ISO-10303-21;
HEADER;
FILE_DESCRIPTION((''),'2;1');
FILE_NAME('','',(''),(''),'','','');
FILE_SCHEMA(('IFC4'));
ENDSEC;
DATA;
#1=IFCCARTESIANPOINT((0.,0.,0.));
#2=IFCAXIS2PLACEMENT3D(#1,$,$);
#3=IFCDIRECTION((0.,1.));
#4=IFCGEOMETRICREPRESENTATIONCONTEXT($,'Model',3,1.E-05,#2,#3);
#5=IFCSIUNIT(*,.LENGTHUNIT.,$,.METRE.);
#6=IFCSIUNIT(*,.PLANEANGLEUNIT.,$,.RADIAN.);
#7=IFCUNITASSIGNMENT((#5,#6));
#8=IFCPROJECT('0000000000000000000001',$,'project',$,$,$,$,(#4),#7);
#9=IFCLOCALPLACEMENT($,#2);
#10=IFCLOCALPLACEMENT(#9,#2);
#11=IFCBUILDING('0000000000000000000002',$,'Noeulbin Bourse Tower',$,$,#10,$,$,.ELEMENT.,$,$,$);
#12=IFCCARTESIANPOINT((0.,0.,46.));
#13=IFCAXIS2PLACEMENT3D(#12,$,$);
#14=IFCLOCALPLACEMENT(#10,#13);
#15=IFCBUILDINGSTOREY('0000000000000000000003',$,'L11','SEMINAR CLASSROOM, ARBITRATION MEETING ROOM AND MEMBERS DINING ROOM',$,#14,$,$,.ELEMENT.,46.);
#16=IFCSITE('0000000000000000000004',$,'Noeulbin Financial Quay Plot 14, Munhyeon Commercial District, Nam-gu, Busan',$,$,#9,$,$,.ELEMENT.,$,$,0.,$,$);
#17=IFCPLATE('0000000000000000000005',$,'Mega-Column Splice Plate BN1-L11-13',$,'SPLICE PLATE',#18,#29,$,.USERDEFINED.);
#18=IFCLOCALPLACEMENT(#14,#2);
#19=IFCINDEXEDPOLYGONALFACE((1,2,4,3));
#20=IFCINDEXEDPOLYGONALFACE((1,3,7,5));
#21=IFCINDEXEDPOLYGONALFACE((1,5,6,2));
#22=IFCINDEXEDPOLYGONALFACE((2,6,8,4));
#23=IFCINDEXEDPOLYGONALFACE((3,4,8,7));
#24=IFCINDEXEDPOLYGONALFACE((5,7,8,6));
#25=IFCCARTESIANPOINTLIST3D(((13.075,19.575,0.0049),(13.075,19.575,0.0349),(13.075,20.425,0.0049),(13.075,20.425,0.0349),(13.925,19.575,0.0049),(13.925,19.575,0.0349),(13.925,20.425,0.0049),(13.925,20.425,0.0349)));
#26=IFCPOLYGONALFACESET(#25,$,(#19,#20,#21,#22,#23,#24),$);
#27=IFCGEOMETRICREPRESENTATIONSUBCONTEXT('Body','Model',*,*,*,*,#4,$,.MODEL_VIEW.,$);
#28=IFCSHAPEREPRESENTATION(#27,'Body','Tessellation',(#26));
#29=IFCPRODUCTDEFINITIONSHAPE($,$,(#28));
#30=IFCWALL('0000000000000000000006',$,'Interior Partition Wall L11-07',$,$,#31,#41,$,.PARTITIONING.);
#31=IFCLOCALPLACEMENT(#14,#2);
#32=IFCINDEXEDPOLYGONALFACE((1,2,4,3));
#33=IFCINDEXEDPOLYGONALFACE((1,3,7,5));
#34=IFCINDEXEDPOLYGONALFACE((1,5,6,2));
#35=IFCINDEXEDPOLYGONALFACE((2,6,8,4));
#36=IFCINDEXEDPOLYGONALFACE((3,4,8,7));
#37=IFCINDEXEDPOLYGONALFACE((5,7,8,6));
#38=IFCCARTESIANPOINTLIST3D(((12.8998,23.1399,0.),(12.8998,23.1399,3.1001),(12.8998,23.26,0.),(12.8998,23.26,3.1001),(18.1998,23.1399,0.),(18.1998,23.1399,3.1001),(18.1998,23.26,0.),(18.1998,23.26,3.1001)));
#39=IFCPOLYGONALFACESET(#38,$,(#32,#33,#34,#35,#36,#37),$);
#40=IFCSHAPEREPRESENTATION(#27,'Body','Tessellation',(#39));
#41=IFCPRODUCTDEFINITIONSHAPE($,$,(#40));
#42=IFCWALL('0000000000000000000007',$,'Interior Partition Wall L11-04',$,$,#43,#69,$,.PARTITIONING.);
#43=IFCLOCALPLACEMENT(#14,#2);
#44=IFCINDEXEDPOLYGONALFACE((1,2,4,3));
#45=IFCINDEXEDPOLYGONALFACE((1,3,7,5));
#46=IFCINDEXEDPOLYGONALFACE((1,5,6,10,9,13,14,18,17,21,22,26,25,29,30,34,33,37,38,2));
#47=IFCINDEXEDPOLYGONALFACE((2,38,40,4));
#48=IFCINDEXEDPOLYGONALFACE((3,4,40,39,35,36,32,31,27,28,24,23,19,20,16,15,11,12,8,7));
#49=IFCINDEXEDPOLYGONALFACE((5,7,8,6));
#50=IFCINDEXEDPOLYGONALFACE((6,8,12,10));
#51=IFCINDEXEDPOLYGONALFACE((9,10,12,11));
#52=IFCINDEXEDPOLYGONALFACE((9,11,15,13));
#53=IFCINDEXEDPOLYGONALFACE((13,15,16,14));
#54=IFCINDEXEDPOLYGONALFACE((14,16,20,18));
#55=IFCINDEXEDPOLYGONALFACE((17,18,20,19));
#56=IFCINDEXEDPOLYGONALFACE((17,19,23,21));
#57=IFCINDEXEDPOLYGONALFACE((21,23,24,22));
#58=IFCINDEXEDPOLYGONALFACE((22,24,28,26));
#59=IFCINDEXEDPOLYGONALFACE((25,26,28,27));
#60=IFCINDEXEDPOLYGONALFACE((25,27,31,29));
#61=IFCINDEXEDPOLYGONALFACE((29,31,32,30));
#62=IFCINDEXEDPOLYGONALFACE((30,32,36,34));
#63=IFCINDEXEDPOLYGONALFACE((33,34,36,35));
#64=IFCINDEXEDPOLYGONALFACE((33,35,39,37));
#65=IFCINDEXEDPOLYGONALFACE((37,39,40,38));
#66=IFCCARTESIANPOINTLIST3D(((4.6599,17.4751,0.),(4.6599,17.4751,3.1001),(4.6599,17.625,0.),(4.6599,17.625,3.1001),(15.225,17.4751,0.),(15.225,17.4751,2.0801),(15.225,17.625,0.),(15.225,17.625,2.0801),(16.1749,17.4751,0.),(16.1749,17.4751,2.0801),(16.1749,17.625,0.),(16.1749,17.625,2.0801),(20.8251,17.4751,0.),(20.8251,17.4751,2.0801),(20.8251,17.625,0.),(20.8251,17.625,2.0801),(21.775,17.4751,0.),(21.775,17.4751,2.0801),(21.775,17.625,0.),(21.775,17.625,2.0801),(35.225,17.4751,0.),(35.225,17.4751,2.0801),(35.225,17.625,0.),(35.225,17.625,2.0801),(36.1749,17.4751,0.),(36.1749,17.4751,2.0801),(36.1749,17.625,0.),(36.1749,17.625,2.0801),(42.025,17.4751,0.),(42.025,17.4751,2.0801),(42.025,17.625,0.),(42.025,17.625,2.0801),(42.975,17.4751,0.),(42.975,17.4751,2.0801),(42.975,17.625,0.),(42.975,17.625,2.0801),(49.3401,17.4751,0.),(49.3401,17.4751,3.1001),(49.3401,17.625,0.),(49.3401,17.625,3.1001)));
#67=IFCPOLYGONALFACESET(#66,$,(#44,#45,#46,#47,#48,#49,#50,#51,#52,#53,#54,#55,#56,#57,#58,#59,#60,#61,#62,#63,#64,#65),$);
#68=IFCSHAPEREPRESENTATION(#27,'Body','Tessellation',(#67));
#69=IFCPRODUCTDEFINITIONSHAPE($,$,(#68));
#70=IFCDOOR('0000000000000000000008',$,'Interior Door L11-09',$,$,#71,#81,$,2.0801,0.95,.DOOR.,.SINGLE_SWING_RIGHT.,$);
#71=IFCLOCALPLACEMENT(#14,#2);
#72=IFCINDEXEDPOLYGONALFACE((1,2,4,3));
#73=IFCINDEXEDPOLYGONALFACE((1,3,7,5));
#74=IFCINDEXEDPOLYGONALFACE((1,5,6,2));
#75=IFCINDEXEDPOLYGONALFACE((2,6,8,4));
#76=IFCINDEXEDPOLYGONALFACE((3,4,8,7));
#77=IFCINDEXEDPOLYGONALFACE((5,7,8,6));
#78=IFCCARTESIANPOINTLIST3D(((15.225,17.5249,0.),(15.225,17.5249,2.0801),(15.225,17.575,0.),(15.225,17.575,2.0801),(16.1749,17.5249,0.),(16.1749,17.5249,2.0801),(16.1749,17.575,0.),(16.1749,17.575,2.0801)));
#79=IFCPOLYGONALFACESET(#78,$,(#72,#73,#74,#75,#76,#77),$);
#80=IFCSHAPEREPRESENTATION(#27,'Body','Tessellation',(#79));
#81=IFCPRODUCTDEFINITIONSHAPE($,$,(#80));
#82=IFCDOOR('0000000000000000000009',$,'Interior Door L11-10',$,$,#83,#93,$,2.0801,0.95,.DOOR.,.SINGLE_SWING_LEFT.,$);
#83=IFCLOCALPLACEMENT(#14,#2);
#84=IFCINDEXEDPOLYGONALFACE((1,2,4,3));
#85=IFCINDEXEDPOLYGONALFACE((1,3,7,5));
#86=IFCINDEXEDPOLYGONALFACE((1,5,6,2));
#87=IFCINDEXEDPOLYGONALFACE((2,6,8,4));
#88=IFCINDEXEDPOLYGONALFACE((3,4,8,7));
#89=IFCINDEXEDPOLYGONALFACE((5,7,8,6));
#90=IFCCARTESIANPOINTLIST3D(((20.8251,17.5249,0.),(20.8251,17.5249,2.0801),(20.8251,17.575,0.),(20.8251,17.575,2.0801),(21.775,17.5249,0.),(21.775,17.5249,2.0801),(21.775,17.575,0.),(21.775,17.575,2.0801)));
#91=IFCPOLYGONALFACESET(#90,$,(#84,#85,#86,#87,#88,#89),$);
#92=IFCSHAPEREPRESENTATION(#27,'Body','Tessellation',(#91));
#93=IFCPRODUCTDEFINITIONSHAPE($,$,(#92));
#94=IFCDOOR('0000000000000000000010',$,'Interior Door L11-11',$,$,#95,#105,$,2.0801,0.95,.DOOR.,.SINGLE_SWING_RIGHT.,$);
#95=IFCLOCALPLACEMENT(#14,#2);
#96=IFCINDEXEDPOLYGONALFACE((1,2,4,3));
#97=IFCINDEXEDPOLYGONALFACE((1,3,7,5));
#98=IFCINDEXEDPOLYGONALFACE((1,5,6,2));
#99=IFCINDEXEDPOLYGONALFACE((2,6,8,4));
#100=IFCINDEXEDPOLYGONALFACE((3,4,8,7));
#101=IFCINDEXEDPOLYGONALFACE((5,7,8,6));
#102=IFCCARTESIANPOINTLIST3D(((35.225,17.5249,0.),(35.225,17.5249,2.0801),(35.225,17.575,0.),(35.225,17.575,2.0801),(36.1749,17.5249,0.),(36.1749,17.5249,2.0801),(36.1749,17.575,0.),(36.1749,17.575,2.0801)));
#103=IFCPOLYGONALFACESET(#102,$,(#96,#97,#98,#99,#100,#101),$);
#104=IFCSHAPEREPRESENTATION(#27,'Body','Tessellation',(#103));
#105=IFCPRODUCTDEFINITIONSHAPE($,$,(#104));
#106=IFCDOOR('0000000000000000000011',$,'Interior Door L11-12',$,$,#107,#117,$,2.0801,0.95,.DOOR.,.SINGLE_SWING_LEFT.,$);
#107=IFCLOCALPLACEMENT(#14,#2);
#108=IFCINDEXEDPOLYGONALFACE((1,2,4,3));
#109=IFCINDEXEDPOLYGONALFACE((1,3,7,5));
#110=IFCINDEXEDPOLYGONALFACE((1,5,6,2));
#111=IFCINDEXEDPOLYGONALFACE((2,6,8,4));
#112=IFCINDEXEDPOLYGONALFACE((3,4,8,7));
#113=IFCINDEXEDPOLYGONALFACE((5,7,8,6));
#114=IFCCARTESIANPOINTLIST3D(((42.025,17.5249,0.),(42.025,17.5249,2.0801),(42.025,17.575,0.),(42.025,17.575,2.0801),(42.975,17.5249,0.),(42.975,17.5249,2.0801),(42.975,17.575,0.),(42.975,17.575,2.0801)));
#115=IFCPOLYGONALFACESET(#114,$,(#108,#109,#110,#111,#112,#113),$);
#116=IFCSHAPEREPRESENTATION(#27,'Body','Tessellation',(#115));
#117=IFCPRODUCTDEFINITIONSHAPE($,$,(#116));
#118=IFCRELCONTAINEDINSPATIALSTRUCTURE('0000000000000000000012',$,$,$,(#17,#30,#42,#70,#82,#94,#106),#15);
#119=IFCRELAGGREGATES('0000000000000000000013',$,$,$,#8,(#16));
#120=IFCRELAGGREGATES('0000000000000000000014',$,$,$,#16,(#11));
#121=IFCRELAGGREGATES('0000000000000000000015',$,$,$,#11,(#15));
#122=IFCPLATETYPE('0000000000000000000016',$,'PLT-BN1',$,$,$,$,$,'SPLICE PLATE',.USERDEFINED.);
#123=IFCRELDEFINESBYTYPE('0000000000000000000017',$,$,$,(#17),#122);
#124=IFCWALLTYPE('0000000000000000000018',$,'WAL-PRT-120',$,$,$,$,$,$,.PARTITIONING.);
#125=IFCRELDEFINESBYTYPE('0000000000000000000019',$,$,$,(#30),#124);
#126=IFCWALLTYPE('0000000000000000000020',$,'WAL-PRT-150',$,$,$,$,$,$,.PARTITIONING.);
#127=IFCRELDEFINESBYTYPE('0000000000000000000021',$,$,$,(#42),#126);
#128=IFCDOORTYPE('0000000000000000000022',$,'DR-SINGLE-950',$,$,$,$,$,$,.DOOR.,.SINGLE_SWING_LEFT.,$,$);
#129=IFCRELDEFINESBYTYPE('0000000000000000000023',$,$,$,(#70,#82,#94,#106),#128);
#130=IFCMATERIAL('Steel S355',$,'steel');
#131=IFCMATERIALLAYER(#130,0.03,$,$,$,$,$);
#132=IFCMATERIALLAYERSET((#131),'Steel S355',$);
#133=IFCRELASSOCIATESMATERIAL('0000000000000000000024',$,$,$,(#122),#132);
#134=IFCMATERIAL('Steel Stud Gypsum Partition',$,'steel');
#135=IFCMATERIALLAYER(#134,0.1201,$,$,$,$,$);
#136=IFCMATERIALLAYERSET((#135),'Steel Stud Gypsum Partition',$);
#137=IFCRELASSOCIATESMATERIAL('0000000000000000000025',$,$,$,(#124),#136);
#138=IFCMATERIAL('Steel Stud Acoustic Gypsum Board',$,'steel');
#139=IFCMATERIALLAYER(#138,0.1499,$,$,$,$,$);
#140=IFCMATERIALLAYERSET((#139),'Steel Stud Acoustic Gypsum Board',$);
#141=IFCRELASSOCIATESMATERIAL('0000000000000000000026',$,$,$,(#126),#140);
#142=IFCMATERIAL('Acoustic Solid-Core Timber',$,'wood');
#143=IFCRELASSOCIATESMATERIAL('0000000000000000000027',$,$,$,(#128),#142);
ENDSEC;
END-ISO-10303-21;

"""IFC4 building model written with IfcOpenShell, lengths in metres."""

from ifc_helpers import new_model, si_unit, direction, frame, frame_2d, origin, origin_2d, place, context, subcontext, project, spatial, rectangle, extrude, material, layer, layer_set, type_object, element, fill, save


model = new_model("IFC4")

# Units and contexts
model_context = context("Model", 3, precision=1e-05, world=origin(), true_north=direction((0.0, 1.0)))
body_context = subcontext(model_context, "Body", "Model", "MODEL_VIEW")
ifc_project = project(units=[si_unit("LENGTHUNIT", "METRE"), si_unit("PLANEANGLEUNIT", "RADIAN")], contexts=[model_context])

# Site, building, storey
site_placement = place(None, origin())
site = spatial("IfcSite", under=ifc_project, at=site_placement, Name="Noeulbin Financial Quay Plot 14, Munhyeon Commercial District, Nam-gu, Busan", CompositionType="ELEMENT", RefElevation=0.0)
building_placement = place(site_placement, origin())
building = spatial("IfcBuilding", under=site, at=building_placement, Name="Noeulbin Bourse Tower", CompositionType="ELEMENT")
storey_placement = place(building_placement, frame((0.0, 0.0, 46.0)))
storey = spatial("IfcBuildingStorey", under=building, at=storey_placement, Name="L11", Description="SEMINAR CLASSROOM, ARBITRATION MEETING ROOM AND MEMBERS DINING ROOM", CompositionType="ELEMENT", Elevation=46.0)

# Shared definitions
ifc_material_1 = material(Name="Steel S355", Category="steel")

# Plate
ifc_layer_1 = layer(ifc_material_1, 0.03)
ifc_layer_set_1 = layer_set([ifc_layer_1], Name="Steel S355")
plate_type = type_object("IfcPlateType", Name="PLT-BN1", ElementType="SPLICE PLATE", PredefinedType="USERDEFINED", material=ifc_layer_set_1)
plate_placement = place(storey_placement, frame((13.5, 20.0, 0.0049), z_axis=(0.0, 0.0, 1.0), x_axis=(1.0, 0.0, 0.0)))
element("IfcPlate", 1, at=plate_placement, inside=storey, type_object=plate_type, Name="Mega-Column Splice Plate BN1-L11-13", ObjectType="SPLICE PLATE", PredefinedType="USERDEFINED", context=body_context, shape_type="SweptSolid", body=[
    extrude(rectangle(XDim=0.8501, YDim=0.8501, at=origin_2d()), origin(), (0.0, 0.0, 1.0), 0.03),
])

# Wall
ifc_material_2 = material(Name="Steel Stud Gypsum Partition", Category="steel")
ifc_layer_2 = layer(ifc_material_2, 0.1201)
ifc_layer_set_2 = layer_set([ifc_layer_2], Name="Steel Stud Gypsum Partition")
wall_type_1 = type_object("IfcWallType", Name="WAL-PRT-120", PredefinedType="PARTITIONING", material=ifc_layer_set_2)
wall_1_placement = place(storey_placement, frame((12.8999, 23.2, 0.0), z_axis=(0.0, 0.0, 1.0), x_axis=(1.0, 0.0, 0.0)))
element("IfcWall", 2, at=wall_1_placement, inside=storey, type_object=wall_type_1, Name="Interior Partition Wall L11-07", PredefinedType="PARTITIONING", context=body_context, shape_type="SweptSolid", body=[
    extrude(rectangle(XDim=5.3, YDim=0.1201, at=frame_2d((2.6499, 0.0))), origin(), (0.0, 0.0, 1.0), 3.1001),
])

# Wall, openings, doors
ifc_material_3 = material(Name="Steel Stud Acoustic Gypsum Board", Category="steel")
ifc_layer_3 = layer(ifc_material_3, 0.1499)
ifc_layer_set_3 = layer_set([ifc_layer_3], Name="Steel Stud Acoustic Gypsum Board")
wall_type_2 = type_object("IfcWallType", Name="WAL-PRT-150", PredefinedType="PARTITIONING", material=ifc_layer_set_3)
wall_2_placement = place(storey_placement, frame((4.6599, 17.55, 0.0), z_axis=(0.0, 0.0, 1.0), x_axis=(1.0, 0.0, 0.0)))
wall_2 = element("IfcWall", 3, at=wall_2_placement, inside=storey, type_object=wall_type_2, Name="Interior Partition Wall L11-04", PredefinedType="PARTITIONING", context=body_context, shape_type="SweptSolid", body=[
    extrude(rectangle(XDim=44.6802, YDim=0.1499, at=frame_2d((22.3401, 0.0))), origin(), (0.0, 0.0, 1.0), 3.1001),
])
opening_1_placement = place(wall_2_placement, frame((10.5649, 0.0, 0.0)))
opening_1 = element("IfcOpeningElement", 4, at=opening_1_placement, cuts=wall_2, PredefinedType="OPENING", context=body_context, shape_type="SweptSolid", body=[
    extrude(rectangle(XDim=0.95, YDim=2.0801, at=frame_2d((0.4751, 1.04))), frame((0.0, 0.085, 0.0), z_axis=(0.0, -1.0, 0.0), x_axis=(1.0, 0.0, 0.0)), (0.0, 0.0, 1.0), 0.1699),
])
opening_2_placement = place(wall_2_placement, frame((16.165, 0.0, 0.0)))
opening_2 = element("IfcOpeningElement", 5, at=opening_2_placement, cuts=wall_2, PredefinedType="OPENING", context=body_context, shape_type="SweptSolid", body=[
    extrude(rectangle(XDim=0.95, YDim=2.0801, at=frame_2d((0.4751, 1.04))), frame((0.0, 0.085, 0.0), z_axis=(0.0, -1.0, 0.0), x_axis=(1.0, 0.0, 0.0)), (0.0, 0.0, 1.0), 0.1699),
])
opening_3_placement = place(wall_2_placement, frame((30.5649, 0.0, 0.0)))
opening_3 = element("IfcOpeningElement", 6, at=opening_3_placement, cuts=wall_2, PredefinedType="OPENING", context=body_context, shape_type="SweptSolid", body=[
    extrude(rectangle(XDim=0.95, YDim=2.0801, at=frame_2d((0.4751, 1.04))), frame((0.0, 0.085, 0.0), z_axis=(0.0, -1.0, 0.0), x_axis=(1.0, 0.0, 0.0)), (0.0, 0.0, 1.0), 0.1699),
])
opening_4_placement = place(wall_2_placement, frame((37.365, 0.0, 0.0)))
opening_4 = element("IfcOpeningElement", 7, at=opening_4_placement, cuts=wall_2, PredefinedType="OPENING", context=body_context, shape_type="SweptSolid", body=[
    extrude(rectangle(XDim=0.95, YDim=2.0801, at=frame_2d((0.4751, 1.04))), frame((0.0, 0.085, 0.0), z_axis=(0.0, -1.0, 0.0), x_axis=(1.0, 0.0, 0.0)), (0.0, 0.0, 1.0), 0.1699),
])
ifc_material_4 = material(Name="Acoustic Solid-Core Timber", Category="wood")
door_type = type_object("IfcDoorType", Name="DR-SINGLE-950", OperationType="SINGLE_SWING_LEFT", PredefinedType="DOOR", material=ifc_material_4)
door_1_placement = place(opening_1_placement, origin())
door_1 = element("IfcDoor", 8, at=door_1_placement, inside=storey, type_object=door_type, Name="Interior Door L11-09", OperationType="SINGLE_SWING_RIGHT", OverallHeight=2.0801, OverallWidth=0.95, PredefinedType="DOOR", context=body_context, shape_type="SweptSolid", body=[
    extrude(rectangle(XDim=0.95, YDim=2.0801, at=frame_2d((0.4751, 1.04))), frame((0.0, 0.0249, 0.0), z_axis=(0.0, -1.0, 0.0), x_axis=(1.0, 0.0, 0.0)), (0.0, 0.0, 1.0), 0.05),
])
fill(opening_1, door_1)
door_2_placement = place(opening_2_placement, origin())
door_2 = element("IfcDoor", 9, at=door_2_placement, inside=storey, type_object=door_type, Name="Interior Door L11-10", OperationType="SINGLE_SWING_LEFT", OverallHeight=2.0801, OverallWidth=0.95, PredefinedType="DOOR", context=body_context, shape_type="SweptSolid", body=[
    extrude(rectangle(XDim=0.95, YDim=2.0801, at=frame_2d((0.4751, 1.04))), frame((0.0, 0.0249, 0.0), z_axis=(0.0, -1.0, 0.0), x_axis=(1.0, 0.0, 0.0)), (0.0, 0.0, 1.0), 0.05),
])
fill(opening_2, door_2)
door_3_placement = place(opening_3_placement, origin())
door_3 = element("IfcDoor", 10, at=door_3_placement, inside=storey, type_object=door_type, Name="Interior Door L11-11", OperationType="SINGLE_SWING_RIGHT", OverallHeight=2.0801, OverallWidth=0.95, PredefinedType="DOOR", context=body_context, shape_type="SweptSolid", body=[
    extrude(rectangle(XDim=0.95, YDim=2.0801, at=frame_2d((0.4751, 1.04))), frame((0.0, 0.0249, 0.0), z_axis=(0.0, -1.0, 0.0), x_axis=(1.0, 0.0, 0.0)), (0.0, 0.0, 1.0), 0.05),
])
fill(opening_3, door_3)
door_4_placement = place(opening_4_placement, origin())
door_4 = element("IfcDoor", 11, at=door_4_placement, inside=storey, type_object=door_type, Name="Interior Door L11-12", OperationType="SINGLE_SWING_LEFT", OverallHeight=2.0801, OverallWidth=0.95, PredefinedType="DOOR", context=body_context, shape_type="SweptSolid", body=[
    extrude(rectangle(XDim=0.95, YDim=2.0801, at=frame_2d((0.4751, 1.04))), frame((0.0, 0.0249, 0.0), z_axis=(0.0, -1.0, 0.0), x_axis=(1.0, 0.0, 0.0)), (0.0, 0.0, 1.0), 0.05),
])
fill(opening_4, door_4)

save(model, "model.ifc")
